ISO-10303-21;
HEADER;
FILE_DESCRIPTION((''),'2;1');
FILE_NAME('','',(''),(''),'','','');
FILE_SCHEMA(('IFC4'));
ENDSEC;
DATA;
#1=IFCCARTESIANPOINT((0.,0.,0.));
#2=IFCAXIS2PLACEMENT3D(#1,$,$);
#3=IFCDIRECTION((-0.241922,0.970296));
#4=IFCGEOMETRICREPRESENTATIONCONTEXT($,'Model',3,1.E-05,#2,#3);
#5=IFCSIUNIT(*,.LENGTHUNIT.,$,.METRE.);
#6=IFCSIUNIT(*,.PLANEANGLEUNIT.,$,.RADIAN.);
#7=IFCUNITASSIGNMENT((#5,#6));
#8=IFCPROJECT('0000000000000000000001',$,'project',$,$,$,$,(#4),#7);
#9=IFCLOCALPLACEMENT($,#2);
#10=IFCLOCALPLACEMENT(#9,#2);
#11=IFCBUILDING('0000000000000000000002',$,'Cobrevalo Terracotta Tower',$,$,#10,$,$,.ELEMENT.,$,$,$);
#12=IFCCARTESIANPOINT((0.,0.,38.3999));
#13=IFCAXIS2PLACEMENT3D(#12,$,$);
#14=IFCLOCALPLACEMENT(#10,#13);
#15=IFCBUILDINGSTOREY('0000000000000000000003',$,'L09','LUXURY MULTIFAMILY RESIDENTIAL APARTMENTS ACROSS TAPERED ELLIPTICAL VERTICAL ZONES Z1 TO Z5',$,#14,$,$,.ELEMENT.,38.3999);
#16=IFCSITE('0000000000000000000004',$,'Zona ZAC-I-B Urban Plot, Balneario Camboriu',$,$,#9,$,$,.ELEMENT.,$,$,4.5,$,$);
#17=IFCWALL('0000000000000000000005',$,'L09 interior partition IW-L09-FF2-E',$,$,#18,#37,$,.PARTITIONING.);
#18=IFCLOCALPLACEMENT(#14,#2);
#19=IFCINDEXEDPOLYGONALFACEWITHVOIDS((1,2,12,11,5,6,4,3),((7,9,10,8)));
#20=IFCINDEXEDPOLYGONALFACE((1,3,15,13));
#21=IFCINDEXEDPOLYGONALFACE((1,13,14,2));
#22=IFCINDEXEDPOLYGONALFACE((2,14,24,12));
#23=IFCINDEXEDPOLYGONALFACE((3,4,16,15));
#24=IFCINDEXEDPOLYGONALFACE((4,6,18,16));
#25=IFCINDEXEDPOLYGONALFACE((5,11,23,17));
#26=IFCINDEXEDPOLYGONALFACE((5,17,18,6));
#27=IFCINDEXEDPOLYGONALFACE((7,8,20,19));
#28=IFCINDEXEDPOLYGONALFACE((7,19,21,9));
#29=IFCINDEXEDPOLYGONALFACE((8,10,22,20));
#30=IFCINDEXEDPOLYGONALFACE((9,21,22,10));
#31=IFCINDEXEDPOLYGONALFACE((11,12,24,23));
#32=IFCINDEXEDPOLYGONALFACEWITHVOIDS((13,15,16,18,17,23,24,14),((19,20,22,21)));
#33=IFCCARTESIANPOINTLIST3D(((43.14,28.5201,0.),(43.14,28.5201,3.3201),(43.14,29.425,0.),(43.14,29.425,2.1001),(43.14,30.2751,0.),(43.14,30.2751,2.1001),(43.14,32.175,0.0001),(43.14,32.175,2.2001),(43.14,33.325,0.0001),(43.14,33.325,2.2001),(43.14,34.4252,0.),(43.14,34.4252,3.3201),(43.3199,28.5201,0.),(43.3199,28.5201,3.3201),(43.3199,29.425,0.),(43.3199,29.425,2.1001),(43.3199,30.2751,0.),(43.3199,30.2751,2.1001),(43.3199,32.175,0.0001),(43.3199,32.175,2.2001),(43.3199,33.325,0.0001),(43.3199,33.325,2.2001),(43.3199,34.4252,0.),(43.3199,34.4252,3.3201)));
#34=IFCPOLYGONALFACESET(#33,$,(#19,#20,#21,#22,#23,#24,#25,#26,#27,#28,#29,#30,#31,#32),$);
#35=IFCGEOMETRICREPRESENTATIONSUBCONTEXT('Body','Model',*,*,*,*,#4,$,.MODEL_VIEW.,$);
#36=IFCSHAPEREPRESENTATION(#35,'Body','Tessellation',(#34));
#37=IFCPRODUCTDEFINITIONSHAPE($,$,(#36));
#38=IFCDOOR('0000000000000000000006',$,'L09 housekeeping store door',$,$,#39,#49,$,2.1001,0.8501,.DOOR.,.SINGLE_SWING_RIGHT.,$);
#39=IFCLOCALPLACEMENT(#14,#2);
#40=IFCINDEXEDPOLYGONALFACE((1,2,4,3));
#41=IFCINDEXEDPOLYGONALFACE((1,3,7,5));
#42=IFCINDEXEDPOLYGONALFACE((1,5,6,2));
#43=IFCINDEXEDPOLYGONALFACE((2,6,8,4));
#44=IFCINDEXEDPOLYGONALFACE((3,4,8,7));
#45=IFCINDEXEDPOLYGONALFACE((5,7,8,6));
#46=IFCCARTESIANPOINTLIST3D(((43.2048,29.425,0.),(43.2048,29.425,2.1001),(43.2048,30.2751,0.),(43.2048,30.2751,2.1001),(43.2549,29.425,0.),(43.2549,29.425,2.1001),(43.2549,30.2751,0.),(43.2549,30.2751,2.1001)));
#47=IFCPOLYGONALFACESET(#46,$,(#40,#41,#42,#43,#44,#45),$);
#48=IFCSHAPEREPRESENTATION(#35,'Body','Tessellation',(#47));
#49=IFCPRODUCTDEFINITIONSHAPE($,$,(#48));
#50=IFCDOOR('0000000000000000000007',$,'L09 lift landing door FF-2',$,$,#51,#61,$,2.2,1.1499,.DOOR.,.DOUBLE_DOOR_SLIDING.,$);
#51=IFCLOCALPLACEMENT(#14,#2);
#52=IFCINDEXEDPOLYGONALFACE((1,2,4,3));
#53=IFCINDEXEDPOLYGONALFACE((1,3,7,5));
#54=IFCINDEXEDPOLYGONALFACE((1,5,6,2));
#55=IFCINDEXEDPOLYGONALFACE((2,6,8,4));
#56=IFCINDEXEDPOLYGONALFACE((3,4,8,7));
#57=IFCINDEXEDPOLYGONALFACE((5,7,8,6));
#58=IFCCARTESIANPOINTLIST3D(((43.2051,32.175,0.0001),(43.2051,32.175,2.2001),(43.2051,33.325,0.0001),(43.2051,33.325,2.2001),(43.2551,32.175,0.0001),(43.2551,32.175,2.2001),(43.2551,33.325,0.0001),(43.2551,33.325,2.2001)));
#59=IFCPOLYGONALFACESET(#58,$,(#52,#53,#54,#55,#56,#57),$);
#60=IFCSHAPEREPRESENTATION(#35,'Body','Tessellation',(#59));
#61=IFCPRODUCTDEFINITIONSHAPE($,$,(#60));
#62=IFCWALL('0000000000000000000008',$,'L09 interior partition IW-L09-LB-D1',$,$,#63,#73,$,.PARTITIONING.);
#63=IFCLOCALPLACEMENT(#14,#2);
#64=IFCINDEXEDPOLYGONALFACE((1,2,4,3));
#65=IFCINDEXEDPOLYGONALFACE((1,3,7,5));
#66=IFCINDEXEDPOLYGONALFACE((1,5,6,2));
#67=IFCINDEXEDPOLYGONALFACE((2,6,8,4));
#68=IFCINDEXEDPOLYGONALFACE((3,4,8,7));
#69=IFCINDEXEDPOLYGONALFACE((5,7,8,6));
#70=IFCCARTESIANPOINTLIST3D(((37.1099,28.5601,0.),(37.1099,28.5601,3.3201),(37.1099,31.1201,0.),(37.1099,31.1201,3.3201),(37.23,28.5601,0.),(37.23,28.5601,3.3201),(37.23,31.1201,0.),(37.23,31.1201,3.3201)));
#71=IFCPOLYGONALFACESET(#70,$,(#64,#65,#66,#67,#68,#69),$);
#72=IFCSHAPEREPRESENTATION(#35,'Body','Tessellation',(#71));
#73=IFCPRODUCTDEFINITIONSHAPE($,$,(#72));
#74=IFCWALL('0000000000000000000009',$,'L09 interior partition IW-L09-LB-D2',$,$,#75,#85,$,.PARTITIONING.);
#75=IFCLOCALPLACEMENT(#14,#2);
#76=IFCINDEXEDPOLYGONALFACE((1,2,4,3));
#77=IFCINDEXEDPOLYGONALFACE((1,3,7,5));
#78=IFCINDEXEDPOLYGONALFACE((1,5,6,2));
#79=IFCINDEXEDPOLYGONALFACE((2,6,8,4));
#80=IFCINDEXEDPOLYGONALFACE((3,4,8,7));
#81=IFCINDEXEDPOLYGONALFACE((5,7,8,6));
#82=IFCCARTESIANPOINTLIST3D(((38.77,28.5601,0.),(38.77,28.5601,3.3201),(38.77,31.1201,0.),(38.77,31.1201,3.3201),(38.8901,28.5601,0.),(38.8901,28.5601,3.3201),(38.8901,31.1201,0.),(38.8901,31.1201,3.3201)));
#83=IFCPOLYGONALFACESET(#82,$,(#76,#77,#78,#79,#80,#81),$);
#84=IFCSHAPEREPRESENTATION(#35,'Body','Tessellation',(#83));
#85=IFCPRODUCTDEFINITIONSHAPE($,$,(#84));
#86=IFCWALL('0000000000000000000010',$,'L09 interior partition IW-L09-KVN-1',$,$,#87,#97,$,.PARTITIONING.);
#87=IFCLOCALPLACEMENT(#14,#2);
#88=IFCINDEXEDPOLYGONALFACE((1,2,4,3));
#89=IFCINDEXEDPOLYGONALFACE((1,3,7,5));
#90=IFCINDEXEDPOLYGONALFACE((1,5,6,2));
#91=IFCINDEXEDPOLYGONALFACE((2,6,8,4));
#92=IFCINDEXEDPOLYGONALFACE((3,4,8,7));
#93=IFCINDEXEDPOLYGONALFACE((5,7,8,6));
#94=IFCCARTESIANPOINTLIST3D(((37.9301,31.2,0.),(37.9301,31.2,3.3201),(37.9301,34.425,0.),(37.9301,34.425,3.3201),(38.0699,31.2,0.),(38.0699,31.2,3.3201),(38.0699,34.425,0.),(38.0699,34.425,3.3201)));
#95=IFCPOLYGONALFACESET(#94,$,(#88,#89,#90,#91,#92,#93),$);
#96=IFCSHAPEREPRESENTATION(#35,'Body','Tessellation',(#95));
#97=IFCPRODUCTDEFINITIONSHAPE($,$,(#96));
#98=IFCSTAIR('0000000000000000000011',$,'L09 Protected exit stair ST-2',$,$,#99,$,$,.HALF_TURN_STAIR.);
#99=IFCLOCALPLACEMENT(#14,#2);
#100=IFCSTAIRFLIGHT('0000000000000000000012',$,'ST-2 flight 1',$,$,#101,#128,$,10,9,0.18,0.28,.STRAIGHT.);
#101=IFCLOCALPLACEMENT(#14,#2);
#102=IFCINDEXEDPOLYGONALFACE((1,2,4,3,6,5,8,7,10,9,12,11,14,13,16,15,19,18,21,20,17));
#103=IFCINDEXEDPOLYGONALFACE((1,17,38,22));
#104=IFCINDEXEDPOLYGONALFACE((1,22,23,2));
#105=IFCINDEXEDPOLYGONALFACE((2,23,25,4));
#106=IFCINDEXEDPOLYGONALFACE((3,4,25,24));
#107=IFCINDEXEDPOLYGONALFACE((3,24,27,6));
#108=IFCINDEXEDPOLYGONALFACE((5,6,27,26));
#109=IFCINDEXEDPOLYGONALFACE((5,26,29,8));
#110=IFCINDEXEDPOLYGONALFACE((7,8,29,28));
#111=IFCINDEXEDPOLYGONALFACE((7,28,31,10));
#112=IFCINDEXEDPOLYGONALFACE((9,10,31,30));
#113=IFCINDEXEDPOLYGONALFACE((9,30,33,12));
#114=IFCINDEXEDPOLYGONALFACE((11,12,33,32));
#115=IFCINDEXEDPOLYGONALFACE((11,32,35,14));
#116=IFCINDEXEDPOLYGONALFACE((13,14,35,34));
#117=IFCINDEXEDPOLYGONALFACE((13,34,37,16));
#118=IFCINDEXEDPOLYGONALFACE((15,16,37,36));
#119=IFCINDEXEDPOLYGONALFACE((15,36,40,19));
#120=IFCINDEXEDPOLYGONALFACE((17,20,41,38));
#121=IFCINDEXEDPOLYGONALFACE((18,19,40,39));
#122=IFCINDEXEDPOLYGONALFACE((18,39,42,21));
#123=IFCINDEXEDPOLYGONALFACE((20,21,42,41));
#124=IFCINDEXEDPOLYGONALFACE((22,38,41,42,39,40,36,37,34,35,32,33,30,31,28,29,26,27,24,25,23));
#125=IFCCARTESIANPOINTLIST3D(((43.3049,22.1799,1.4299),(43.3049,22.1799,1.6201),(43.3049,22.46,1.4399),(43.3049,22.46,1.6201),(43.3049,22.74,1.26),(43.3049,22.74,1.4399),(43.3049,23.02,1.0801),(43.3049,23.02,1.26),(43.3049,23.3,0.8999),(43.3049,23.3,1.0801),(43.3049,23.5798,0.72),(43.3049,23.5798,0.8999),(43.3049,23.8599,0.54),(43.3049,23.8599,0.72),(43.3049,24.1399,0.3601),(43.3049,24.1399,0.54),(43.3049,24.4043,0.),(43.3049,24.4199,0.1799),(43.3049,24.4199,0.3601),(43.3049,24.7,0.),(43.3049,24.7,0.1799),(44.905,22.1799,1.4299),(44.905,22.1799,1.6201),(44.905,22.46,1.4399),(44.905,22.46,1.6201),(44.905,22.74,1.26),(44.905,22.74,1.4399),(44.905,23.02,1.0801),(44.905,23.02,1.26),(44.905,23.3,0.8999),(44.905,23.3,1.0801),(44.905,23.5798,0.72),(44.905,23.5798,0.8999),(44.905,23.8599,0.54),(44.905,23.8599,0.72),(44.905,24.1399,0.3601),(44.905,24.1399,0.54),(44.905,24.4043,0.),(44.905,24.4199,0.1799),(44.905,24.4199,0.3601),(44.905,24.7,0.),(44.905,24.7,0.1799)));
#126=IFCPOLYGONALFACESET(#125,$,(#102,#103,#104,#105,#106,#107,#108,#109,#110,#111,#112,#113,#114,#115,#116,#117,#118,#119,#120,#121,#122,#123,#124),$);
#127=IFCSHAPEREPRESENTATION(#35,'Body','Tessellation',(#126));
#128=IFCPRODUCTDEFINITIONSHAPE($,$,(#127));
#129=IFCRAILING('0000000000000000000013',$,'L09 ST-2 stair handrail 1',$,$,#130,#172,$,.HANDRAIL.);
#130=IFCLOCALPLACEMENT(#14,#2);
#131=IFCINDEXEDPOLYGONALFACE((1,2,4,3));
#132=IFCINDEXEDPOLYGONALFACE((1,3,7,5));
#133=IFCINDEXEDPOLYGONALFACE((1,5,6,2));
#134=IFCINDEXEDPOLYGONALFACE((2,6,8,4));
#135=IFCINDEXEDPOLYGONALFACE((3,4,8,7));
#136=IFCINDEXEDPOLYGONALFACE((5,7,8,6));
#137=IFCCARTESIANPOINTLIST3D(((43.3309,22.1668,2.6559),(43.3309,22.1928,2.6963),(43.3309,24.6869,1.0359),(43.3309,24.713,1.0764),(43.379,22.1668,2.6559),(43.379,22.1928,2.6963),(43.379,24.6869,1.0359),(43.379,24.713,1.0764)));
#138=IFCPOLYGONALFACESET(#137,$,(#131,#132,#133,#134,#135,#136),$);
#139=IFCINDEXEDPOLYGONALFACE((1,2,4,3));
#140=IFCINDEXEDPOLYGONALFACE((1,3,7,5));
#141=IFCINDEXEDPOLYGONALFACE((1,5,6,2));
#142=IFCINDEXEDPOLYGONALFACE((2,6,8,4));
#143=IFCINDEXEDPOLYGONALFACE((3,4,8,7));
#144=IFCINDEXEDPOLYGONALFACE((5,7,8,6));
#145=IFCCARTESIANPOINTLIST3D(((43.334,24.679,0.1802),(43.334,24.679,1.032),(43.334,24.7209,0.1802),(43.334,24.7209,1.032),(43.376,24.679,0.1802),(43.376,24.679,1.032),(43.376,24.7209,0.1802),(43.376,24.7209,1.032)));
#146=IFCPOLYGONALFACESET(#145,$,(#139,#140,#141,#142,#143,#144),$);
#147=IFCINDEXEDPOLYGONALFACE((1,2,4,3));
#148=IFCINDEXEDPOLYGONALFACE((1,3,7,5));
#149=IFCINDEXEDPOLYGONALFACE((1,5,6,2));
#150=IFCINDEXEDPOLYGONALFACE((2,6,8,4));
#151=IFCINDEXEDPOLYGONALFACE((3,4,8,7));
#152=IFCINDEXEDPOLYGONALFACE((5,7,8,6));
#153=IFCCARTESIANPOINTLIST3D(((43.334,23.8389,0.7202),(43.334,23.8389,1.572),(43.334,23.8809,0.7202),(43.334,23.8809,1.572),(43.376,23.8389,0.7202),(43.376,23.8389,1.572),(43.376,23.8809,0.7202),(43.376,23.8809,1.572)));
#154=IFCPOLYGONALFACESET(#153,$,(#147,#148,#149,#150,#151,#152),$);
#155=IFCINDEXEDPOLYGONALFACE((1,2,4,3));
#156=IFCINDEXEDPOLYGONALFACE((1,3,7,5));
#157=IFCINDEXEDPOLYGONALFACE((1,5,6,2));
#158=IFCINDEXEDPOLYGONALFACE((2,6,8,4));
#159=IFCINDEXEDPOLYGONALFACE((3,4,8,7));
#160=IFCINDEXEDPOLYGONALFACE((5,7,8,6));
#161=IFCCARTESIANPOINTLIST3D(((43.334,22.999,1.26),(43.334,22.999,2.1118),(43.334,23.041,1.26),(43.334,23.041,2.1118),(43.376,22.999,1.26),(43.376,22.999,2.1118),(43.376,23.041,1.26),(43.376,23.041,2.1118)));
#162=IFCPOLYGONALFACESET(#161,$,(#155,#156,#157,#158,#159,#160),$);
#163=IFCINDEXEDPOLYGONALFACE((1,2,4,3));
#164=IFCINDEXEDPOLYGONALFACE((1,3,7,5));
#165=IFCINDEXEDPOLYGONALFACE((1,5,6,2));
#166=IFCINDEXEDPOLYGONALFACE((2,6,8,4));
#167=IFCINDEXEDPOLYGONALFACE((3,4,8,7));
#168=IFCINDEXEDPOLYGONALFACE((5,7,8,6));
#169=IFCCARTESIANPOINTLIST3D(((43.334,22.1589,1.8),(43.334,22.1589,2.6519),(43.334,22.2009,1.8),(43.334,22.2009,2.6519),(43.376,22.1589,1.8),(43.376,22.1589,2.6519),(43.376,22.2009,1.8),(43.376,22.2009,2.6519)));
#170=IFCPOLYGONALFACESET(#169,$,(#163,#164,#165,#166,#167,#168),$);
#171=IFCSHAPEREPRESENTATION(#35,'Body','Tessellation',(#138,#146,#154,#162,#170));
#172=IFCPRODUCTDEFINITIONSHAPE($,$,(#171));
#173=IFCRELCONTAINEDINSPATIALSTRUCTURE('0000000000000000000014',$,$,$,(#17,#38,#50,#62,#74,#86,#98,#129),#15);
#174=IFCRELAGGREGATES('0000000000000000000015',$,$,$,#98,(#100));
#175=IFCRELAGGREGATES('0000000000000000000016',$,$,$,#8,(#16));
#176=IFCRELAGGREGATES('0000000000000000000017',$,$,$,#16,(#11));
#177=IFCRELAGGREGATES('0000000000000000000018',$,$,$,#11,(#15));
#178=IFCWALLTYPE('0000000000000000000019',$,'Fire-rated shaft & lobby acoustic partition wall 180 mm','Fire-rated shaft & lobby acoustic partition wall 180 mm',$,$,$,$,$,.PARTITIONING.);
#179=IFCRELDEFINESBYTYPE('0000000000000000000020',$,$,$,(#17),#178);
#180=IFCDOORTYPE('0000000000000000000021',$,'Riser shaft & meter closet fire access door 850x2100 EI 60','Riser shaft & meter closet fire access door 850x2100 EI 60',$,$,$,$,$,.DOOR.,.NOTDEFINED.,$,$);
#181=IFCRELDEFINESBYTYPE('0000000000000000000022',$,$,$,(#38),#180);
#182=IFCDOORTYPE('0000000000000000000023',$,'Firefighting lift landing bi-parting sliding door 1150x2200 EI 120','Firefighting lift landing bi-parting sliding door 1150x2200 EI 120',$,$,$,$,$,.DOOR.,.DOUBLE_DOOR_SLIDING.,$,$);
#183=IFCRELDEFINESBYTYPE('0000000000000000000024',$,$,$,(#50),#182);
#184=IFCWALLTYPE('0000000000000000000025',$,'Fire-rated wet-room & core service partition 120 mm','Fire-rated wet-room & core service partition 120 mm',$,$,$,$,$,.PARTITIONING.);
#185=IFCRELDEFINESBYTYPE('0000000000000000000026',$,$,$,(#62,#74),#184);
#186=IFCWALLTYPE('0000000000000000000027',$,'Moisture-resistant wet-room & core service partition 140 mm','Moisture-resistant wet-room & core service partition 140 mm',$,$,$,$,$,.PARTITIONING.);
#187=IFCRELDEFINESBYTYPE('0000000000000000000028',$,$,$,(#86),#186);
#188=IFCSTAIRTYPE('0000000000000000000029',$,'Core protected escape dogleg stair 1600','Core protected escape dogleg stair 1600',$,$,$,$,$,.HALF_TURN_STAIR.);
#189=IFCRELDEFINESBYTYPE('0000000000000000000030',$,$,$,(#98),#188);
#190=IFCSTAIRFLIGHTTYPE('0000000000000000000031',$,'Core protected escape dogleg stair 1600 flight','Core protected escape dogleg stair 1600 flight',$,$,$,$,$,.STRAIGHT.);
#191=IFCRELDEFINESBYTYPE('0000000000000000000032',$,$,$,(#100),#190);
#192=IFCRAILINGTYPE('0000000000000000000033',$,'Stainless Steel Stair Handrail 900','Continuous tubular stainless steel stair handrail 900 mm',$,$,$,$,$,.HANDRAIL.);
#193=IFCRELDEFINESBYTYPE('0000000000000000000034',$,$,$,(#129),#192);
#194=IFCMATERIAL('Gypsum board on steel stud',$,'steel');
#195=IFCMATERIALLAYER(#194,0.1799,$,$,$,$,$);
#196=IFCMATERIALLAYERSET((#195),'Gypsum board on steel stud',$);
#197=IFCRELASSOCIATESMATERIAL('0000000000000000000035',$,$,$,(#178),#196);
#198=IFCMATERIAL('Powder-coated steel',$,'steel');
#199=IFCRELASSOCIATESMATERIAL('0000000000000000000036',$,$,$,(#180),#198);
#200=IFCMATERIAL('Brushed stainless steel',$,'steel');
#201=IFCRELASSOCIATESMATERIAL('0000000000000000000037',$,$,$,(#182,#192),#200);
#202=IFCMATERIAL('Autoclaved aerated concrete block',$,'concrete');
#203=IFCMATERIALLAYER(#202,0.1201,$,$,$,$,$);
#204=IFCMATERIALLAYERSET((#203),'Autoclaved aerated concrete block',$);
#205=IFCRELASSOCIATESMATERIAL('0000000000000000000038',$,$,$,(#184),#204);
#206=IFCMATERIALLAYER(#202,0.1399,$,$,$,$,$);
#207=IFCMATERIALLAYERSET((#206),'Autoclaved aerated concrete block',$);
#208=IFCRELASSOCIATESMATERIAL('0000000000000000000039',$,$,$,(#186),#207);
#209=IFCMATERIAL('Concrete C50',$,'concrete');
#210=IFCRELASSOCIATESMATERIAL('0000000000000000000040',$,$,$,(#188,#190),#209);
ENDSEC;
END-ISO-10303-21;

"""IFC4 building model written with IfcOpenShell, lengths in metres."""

from ifc_helpers import new_model, si_unit, direction, frame, frame_2d, origin, origin_2d, place, context, subcontext, project, spatial, polyline, rectangle, outline, extrude, source, transform, mapped, material, layer, layer_set, type_object, element, fill, aggregate, save


model = new_model("IFC4")

# Units and contexts
model_context = context("Model", 3, precision=1e-05, world=origin(), true_north=direction((-0.241922, 0.970296)))
body_context = subcontext(model_context, "Body", "Model", "MODEL_VIEW")
ifc_project = project(units=[si_unit("LENGTHUNIT", "METRE"), si_unit("PLANEANGLEUNIT", "RADIAN")], contexts=[model_context])

# Site, building, storey
site_placement = place(None, origin())
site = spatial("IfcSite", under=ifc_project, at=site_placement, Name="Zona ZAC-I-B Urban Plot, Balneario Camboriu", CompositionType="ELEMENT", RefElevation=4.5)
building_placement = place(site_placement, origin())
building = spatial("IfcBuilding", under=site, at=building_placement, Name="Cobrevalo Terracotta Tower", CompositionType="ELEMENT")
storey_placement = place(building_placement, frame((0.0, 0.0, 38.3999)))
storey = spatial("IfcBuildingStorey", under=building, at=storey_placement, Name="L09", Description="LUXURY MULTIFAMILY RESIDENTIAL APARTMENTS ACROSS TAPERED ELLIPTICAL VERTICAL ZONES Z1 TO Z5", CompositionType="ELEMENT", Elevation=38.3999)

# Shared definitions
ifc_material_1 = material(Name="Gypsum board on steel stud", Category="steel")

# Shared definitions
ifc_material_2 = material(Name="Brushed stainless steel", Category="steel")

# Shared definitions
ifc_layer_1 = layer(ifc_material_1, 0.1799)
ifc_layer_set_1 = layer_set([ifc_layer_1], Name="Gypsum board on steel stud")
wall_type_1 = type_object("IfcWallType", Name="Fire-rated shaft & lobby acoustic partition wall 180 mm", Description="Fire-rated shaft & lobby acoustic partition wall 180 mm", PredefinedType="PARTITIONING", material=ifc_layer_set_1)
ifc_material_3 = material(Name="Powder-coated steel", Category="steel")
door_type_1 = type_object("IfcDoorType", Name="Riser shaft & meter closet fire access door 850x2100 EI 60", Description="Riser shaft & meter closet fire access door 850x2100 EI 60", OperationType="NOTDEFINED", PredefinedType="DOOR", material=ifc_material_3)
shared_shape_1 = source(origin(), body_context, "Body", "SweptSolid", [
    extrude(rectangle(XDim=0.8501, YDim=2.1001, at=frame_2d((0.425, 1.05))), frame((0.0, 0.0249, 0.0), z_axis=(0.0, -1.0, 0.0), x_axis=(1.0, 0.0, 0.0)), (0.0, 0.0, 1.0), 0.05),
])

# Wall, openings, doors
wall_1_placement = place(storey_placement, frame((43.23, 28.52, 0.0), z_axis=(0.0, 0.0, 1.0), x_axis=(0.0, 1.0, 0.0)))
wall_1 = element("IfcWall", 1, at=wall_1_placement, inside=storey, type_object=wall_type_1, Name="L09 interior partition IW-L09-FF2-E", PredefinedType="PARTITIONING", context=body_context, shape_type="SweptSolid", body=[
    extrude(rectangle(XDim=5.905, YDim=0.1799, at=frame_2d((2.9526, 0.0))), origin(), (0.0, 0.0, 1.0), 3.3201),
])
opening_1_placement = place(wall_1_placement, frame((0.905, 0.0, 0.0)))
opening_1 = element("IfcOpeningElement", 2, at=opening_1_placement, cuts=wall_1, PredefinedType="OPENING", context=body_context, shape_type="SweptSolid", body=[
    extrude(rectangle(XDim=0.8501, YDim=2.1001, at=frame_2d((0.425, 1.05))), frame((0.0, 0.1001, 0.0), z_axis=(0.0, -1.0, 0.0), x_axis=(1.0, 0.0, 0.0)), (0.0, 0.0, 1.0), 0.2),
])
opening_2_placement = place(wall_1_placement, frame((3.655, 0.0, 0.0)))
opening_2 = element("IfcOpeningElement", 3, at=opening_2_placement, cuts=wall_1, PredefinedType="OPENING", context=body_context, shape_type="SweptSolid", body=[
    extrude(rectangle(XDim=1.1499, YDim=2.2, at=frame_2d((0.575, 1.1001))), frame((0.0, 0.1001, 0.0), z_axis=(0.0, -1.0, 0.0), x_axis=(1.0, 0.0, 0.0)), (0.0, 0.0, 1.0), 0.2),
])
door_1_placement = place(opening_1_placement, frame((0.8501, 0.0, 0.0), z_axis=(0.0, 0.0, 1.0), x_axis=(-1.0, 0.0, 0.0)))
door_1 = element("IfcDoor", 4, at=door_1_placement, inside=storey, type_object=door_type_1, Name="L09 housekeeping store door", OperationType="SINGLE_SWING_RIGHT", OverallHeight=2.1001, OverallWidth=0.8501, PredefinedType="DOOR", context=body_context, shape_type="MappedRepresentation", body=[
    mapped(shared_shape_1, transform((0.0, 0.0, 0.0), scale=1.0)),
])
fill(opening_1, door_1)
door_type_2 = type_object("IfcDoorType", Name="Firefighting lift landing bi-parting sliding door 1150x2200 EI 120", Description="Firefighting lift landing bi-parting sliding door 1150x2200 EI 120", OperationType="DOUBLE_DOOR_SLIDING", PredefinedType="DOOR", material=ifc_material_2)
shared_shape_2 = source(origin(), body_context, "Body", "SweptSolid", [
    extrude(rectangle(XDim=1.1499, YDim=2.2, at=frame_2d((0.575, 1.1001))), frame((0.0, 0.0249, 0.0), z_axis=(0.0, -1.0, 0.0), x_axis=(1.0, 0.0, 0.0)), (0.0, 0.0, 1.0), 0.05),
])
door_2_placement = place(opening_2_placement, origin())
door_2 = element("IfcDoor", 5, at=door_2_placement, inside=storey, type_object=door_type_2, Name="L09 lift landing door FF-2", OperationType="DOUBLE_DOOR_SLIDING", OverallHeight=2.2, OverallWidth=1.1499, PredefinedType="DOOR", context=body_context, shape_type="MappedRepresentation", body=[
    mapped(shared_shape_2, transform((0.0, 0.0, 0.0), scale=1.0)),
])
fill(opening_2, door_2)

# Walls
ifc_material_4 = material(Name="Autoclaved aerated concrete block", Category="concrete")
ifc_layer_2 = layer(ifc_material_4, 0.1201)
ifc_layer_set_2 = layer_set([ifc_layer_2], Name="Autoclaved aerated concrete block")
wall_type_2 = type_object("IfcWallType", Name="Fire-rated wet-room & core service partition 120 mm", Description="Fire-rated wet-room & core service partition 120 mm", PredefinedType="PARTITIONING", material=ifc_layer_set_2)
for number, where, z_axis, x_axis, name in (
    (6, (37.1699, 28.5601, 0.0), (0.0, 0.0, 1.0), (0.0, 1.0, 0.0), "L09 interior partition IW-L09-LB-D1"),
    (7, (38.8301, 28.5601, 0.0), (0.0, 0.0, 1.0), (0.0, 1.0, 0.0), "L09 interior partition IW-L09-LB-D2"),
):
    element("IfcWall", number, at=place(storey_placement, frame(where, z_axis=z_axis, x_axis=x_axis)), inside=storey, type_object=wall_type_2, Name=name, PredefinedType="PARTITIONING", context=body_context, shape_type="SweptSolid", body=[
        extrude(rectangle(XDim=2.5601, YDim=0.1201, at=frame_2d((1.28, 0.0))), origin(), (0.0, 0.0, 1.0), 3.3201),
    ])
ifc_layer_3 = layer(ifc_material_4, 0.1399)
ifc_layer_set_3 = layer_set([ifc_layer_3], Name="Autoclaved aerated concrete block")
wall_type_3 = type_object("IfcWallType", Name="Moisture-resistant wet-room & core service partition 140 mm", Description="Moisture-resistant wet-room & core service partition 140 mm", PredefinedType="PARTITIONING", material=ifc_layer_set_3)
wall_2_placement = place(storey_placement, frame((38.0, 31.2, 0.0), z_axis=(0.0, 0.0, 1.0), x_axis=(0.0, 1.0, 0.0)))
element("IfcWall", 8, at=wall_2_placement, inside=storey, type_object=wall_type_3, Name="L09 interior partition IW-L09-KVN-1", PredefinedType="PARTITIONING", context=body_context, shape_type="SweptSolid", body=[
    extrude(rectangle(XDim=3.2251, YDim=0.1399, at=frame_2d((1.6125, 0.0))), origin(), (0.0, 0.0, 1.0), 3.3201),
])

# Shared definitions
ifc_material_5 = material(Name="Concrete C50", Category="concrete")

# Stair, stair flight
stair_type = type_object("IfcStairType", Name="Core protected escape dogleg stair 1600", Description="Core protected escape dogleg stair 1600", PredefinedType="HALF_TURN_STAIR", material=ifc_material_5)
stair_placement = place(storey_placement, origin())
stair = element("IfcStair", 9, at=stair_placement, inside=storey, type_object=stair_type, Name="L09 Protected exit stair ST-2", PredefinedType="HALF_TURN_STAIR")
stair_flight_type = type_object("IfcStairFlightType", Name="Core protected escape dogleg stair 1600 flight", Description="Core protected escape dogleg stair 1600 flight", PredefinedType="STRAIGHT", material=ifc_material_5)
stair_flight_placement = place(storey_placement, frame((44.105, 24.7, 0.0), z_axis=(0.0, 0.0, 1.0), x_axis=(0.0, -1.0, 0.0)))
stair_flight = element("IfcStairFlight", 10, at=stair_flight_placement, type_object=stair_flight_type, Name="ST-2 flight 1", NumberOfRisers=10, NumberOfTreads=9, PredefinedType="STRAIGHT", RiserHeight=0.18, TreadLength=0.28, context=body_context, shape_type="SweptSolid", body=[
    extrude(outline(polyline([(0.0, 0.0), (0.0, 0.1799), (0.28, 0.1799), (0.28, 0.3601), (0.5601, 0.3601), (0.5601, 0.54), (0.8401, 0.54), (0.8401, 0.72), (1.1201, 0.72), (1.1201, 0.8999), (1.3999, 0.8999), (1.3999, 1.0801), (1.6799, 1.0801), (1.6799, 1.26), (1.96, 1.26), (1.96, 1.4399), (2.24, 1.4399), (2.24, 1.6201), (2.52, 1.6201), (2.52, 1.8), (2.52, 1.4299), (0.2957, 0.0), (0.0, 0.0)])), frame((0.0, 0.8, 0.0), z_axis=(0.0, -1.0, 0.0), x_axis=(1.0, 0.0, 0.0)), (0.0, 0.0, 1.0), 1.6001),
])
aggregate(stair, [stair_flight])

# Railing
railing_type_1 = type_object("IfcRailingType", Name="Stainless Steel Stair Handrail 900", Description="Continuous tubular stainless steel stair handrail 900 mm", PredefinedType="HANDRAIL", material=ifc_material_2)
railing_1_placement = place(storey_placement, frame((43.355, 24.7, 0.1802)))
element("IfcRailing", 11, at=railing_1_placement, inside=storey, type_object=railing_type_1, Name="L09 ST-2 stair handrail 1", PredefinedType="HANDRAIL", context=body_context, shape_type="SweptSolid", body=[
    extrude(rectangle(XDim=0.0481, YDim=0.0481, at=origin_2d()), frame((0.0, 0.0, 0.876), z_axis=(0.0, -0.8412, 0.540725), x_axis=(1.0, 0.0, 0.0)), (0.0, 0.0, 1.0), 2.9958),
    extrude(rectangle(XDim=0.042, YDim=0.042, at=origin_2d()), origin(), (0.0, 0.0, 1.0), 0.8518),
    extrude(rectangle(XDim=0.042, YDim=0.042, at=origin_2d()), frame((0.0, -0.8401, 0.54)), (0.0, 0.0, 1.0), 0.8518),
    extrude(rectangle(XDim=0.042, YDim=0.042, at=origin_2d()), frame((0.0, -1.6799, 1.0798)), (0.0, 0.0, 1.0), 0.8518),
    extrude(rectangle(XDim=0.042, YDim=0.042, at=origin_2d()), frame((0.0, -2.52, 1.6199)), (0.0, 0.0, 1.0), 0.8518),
])

save(model, "model.ifc")
